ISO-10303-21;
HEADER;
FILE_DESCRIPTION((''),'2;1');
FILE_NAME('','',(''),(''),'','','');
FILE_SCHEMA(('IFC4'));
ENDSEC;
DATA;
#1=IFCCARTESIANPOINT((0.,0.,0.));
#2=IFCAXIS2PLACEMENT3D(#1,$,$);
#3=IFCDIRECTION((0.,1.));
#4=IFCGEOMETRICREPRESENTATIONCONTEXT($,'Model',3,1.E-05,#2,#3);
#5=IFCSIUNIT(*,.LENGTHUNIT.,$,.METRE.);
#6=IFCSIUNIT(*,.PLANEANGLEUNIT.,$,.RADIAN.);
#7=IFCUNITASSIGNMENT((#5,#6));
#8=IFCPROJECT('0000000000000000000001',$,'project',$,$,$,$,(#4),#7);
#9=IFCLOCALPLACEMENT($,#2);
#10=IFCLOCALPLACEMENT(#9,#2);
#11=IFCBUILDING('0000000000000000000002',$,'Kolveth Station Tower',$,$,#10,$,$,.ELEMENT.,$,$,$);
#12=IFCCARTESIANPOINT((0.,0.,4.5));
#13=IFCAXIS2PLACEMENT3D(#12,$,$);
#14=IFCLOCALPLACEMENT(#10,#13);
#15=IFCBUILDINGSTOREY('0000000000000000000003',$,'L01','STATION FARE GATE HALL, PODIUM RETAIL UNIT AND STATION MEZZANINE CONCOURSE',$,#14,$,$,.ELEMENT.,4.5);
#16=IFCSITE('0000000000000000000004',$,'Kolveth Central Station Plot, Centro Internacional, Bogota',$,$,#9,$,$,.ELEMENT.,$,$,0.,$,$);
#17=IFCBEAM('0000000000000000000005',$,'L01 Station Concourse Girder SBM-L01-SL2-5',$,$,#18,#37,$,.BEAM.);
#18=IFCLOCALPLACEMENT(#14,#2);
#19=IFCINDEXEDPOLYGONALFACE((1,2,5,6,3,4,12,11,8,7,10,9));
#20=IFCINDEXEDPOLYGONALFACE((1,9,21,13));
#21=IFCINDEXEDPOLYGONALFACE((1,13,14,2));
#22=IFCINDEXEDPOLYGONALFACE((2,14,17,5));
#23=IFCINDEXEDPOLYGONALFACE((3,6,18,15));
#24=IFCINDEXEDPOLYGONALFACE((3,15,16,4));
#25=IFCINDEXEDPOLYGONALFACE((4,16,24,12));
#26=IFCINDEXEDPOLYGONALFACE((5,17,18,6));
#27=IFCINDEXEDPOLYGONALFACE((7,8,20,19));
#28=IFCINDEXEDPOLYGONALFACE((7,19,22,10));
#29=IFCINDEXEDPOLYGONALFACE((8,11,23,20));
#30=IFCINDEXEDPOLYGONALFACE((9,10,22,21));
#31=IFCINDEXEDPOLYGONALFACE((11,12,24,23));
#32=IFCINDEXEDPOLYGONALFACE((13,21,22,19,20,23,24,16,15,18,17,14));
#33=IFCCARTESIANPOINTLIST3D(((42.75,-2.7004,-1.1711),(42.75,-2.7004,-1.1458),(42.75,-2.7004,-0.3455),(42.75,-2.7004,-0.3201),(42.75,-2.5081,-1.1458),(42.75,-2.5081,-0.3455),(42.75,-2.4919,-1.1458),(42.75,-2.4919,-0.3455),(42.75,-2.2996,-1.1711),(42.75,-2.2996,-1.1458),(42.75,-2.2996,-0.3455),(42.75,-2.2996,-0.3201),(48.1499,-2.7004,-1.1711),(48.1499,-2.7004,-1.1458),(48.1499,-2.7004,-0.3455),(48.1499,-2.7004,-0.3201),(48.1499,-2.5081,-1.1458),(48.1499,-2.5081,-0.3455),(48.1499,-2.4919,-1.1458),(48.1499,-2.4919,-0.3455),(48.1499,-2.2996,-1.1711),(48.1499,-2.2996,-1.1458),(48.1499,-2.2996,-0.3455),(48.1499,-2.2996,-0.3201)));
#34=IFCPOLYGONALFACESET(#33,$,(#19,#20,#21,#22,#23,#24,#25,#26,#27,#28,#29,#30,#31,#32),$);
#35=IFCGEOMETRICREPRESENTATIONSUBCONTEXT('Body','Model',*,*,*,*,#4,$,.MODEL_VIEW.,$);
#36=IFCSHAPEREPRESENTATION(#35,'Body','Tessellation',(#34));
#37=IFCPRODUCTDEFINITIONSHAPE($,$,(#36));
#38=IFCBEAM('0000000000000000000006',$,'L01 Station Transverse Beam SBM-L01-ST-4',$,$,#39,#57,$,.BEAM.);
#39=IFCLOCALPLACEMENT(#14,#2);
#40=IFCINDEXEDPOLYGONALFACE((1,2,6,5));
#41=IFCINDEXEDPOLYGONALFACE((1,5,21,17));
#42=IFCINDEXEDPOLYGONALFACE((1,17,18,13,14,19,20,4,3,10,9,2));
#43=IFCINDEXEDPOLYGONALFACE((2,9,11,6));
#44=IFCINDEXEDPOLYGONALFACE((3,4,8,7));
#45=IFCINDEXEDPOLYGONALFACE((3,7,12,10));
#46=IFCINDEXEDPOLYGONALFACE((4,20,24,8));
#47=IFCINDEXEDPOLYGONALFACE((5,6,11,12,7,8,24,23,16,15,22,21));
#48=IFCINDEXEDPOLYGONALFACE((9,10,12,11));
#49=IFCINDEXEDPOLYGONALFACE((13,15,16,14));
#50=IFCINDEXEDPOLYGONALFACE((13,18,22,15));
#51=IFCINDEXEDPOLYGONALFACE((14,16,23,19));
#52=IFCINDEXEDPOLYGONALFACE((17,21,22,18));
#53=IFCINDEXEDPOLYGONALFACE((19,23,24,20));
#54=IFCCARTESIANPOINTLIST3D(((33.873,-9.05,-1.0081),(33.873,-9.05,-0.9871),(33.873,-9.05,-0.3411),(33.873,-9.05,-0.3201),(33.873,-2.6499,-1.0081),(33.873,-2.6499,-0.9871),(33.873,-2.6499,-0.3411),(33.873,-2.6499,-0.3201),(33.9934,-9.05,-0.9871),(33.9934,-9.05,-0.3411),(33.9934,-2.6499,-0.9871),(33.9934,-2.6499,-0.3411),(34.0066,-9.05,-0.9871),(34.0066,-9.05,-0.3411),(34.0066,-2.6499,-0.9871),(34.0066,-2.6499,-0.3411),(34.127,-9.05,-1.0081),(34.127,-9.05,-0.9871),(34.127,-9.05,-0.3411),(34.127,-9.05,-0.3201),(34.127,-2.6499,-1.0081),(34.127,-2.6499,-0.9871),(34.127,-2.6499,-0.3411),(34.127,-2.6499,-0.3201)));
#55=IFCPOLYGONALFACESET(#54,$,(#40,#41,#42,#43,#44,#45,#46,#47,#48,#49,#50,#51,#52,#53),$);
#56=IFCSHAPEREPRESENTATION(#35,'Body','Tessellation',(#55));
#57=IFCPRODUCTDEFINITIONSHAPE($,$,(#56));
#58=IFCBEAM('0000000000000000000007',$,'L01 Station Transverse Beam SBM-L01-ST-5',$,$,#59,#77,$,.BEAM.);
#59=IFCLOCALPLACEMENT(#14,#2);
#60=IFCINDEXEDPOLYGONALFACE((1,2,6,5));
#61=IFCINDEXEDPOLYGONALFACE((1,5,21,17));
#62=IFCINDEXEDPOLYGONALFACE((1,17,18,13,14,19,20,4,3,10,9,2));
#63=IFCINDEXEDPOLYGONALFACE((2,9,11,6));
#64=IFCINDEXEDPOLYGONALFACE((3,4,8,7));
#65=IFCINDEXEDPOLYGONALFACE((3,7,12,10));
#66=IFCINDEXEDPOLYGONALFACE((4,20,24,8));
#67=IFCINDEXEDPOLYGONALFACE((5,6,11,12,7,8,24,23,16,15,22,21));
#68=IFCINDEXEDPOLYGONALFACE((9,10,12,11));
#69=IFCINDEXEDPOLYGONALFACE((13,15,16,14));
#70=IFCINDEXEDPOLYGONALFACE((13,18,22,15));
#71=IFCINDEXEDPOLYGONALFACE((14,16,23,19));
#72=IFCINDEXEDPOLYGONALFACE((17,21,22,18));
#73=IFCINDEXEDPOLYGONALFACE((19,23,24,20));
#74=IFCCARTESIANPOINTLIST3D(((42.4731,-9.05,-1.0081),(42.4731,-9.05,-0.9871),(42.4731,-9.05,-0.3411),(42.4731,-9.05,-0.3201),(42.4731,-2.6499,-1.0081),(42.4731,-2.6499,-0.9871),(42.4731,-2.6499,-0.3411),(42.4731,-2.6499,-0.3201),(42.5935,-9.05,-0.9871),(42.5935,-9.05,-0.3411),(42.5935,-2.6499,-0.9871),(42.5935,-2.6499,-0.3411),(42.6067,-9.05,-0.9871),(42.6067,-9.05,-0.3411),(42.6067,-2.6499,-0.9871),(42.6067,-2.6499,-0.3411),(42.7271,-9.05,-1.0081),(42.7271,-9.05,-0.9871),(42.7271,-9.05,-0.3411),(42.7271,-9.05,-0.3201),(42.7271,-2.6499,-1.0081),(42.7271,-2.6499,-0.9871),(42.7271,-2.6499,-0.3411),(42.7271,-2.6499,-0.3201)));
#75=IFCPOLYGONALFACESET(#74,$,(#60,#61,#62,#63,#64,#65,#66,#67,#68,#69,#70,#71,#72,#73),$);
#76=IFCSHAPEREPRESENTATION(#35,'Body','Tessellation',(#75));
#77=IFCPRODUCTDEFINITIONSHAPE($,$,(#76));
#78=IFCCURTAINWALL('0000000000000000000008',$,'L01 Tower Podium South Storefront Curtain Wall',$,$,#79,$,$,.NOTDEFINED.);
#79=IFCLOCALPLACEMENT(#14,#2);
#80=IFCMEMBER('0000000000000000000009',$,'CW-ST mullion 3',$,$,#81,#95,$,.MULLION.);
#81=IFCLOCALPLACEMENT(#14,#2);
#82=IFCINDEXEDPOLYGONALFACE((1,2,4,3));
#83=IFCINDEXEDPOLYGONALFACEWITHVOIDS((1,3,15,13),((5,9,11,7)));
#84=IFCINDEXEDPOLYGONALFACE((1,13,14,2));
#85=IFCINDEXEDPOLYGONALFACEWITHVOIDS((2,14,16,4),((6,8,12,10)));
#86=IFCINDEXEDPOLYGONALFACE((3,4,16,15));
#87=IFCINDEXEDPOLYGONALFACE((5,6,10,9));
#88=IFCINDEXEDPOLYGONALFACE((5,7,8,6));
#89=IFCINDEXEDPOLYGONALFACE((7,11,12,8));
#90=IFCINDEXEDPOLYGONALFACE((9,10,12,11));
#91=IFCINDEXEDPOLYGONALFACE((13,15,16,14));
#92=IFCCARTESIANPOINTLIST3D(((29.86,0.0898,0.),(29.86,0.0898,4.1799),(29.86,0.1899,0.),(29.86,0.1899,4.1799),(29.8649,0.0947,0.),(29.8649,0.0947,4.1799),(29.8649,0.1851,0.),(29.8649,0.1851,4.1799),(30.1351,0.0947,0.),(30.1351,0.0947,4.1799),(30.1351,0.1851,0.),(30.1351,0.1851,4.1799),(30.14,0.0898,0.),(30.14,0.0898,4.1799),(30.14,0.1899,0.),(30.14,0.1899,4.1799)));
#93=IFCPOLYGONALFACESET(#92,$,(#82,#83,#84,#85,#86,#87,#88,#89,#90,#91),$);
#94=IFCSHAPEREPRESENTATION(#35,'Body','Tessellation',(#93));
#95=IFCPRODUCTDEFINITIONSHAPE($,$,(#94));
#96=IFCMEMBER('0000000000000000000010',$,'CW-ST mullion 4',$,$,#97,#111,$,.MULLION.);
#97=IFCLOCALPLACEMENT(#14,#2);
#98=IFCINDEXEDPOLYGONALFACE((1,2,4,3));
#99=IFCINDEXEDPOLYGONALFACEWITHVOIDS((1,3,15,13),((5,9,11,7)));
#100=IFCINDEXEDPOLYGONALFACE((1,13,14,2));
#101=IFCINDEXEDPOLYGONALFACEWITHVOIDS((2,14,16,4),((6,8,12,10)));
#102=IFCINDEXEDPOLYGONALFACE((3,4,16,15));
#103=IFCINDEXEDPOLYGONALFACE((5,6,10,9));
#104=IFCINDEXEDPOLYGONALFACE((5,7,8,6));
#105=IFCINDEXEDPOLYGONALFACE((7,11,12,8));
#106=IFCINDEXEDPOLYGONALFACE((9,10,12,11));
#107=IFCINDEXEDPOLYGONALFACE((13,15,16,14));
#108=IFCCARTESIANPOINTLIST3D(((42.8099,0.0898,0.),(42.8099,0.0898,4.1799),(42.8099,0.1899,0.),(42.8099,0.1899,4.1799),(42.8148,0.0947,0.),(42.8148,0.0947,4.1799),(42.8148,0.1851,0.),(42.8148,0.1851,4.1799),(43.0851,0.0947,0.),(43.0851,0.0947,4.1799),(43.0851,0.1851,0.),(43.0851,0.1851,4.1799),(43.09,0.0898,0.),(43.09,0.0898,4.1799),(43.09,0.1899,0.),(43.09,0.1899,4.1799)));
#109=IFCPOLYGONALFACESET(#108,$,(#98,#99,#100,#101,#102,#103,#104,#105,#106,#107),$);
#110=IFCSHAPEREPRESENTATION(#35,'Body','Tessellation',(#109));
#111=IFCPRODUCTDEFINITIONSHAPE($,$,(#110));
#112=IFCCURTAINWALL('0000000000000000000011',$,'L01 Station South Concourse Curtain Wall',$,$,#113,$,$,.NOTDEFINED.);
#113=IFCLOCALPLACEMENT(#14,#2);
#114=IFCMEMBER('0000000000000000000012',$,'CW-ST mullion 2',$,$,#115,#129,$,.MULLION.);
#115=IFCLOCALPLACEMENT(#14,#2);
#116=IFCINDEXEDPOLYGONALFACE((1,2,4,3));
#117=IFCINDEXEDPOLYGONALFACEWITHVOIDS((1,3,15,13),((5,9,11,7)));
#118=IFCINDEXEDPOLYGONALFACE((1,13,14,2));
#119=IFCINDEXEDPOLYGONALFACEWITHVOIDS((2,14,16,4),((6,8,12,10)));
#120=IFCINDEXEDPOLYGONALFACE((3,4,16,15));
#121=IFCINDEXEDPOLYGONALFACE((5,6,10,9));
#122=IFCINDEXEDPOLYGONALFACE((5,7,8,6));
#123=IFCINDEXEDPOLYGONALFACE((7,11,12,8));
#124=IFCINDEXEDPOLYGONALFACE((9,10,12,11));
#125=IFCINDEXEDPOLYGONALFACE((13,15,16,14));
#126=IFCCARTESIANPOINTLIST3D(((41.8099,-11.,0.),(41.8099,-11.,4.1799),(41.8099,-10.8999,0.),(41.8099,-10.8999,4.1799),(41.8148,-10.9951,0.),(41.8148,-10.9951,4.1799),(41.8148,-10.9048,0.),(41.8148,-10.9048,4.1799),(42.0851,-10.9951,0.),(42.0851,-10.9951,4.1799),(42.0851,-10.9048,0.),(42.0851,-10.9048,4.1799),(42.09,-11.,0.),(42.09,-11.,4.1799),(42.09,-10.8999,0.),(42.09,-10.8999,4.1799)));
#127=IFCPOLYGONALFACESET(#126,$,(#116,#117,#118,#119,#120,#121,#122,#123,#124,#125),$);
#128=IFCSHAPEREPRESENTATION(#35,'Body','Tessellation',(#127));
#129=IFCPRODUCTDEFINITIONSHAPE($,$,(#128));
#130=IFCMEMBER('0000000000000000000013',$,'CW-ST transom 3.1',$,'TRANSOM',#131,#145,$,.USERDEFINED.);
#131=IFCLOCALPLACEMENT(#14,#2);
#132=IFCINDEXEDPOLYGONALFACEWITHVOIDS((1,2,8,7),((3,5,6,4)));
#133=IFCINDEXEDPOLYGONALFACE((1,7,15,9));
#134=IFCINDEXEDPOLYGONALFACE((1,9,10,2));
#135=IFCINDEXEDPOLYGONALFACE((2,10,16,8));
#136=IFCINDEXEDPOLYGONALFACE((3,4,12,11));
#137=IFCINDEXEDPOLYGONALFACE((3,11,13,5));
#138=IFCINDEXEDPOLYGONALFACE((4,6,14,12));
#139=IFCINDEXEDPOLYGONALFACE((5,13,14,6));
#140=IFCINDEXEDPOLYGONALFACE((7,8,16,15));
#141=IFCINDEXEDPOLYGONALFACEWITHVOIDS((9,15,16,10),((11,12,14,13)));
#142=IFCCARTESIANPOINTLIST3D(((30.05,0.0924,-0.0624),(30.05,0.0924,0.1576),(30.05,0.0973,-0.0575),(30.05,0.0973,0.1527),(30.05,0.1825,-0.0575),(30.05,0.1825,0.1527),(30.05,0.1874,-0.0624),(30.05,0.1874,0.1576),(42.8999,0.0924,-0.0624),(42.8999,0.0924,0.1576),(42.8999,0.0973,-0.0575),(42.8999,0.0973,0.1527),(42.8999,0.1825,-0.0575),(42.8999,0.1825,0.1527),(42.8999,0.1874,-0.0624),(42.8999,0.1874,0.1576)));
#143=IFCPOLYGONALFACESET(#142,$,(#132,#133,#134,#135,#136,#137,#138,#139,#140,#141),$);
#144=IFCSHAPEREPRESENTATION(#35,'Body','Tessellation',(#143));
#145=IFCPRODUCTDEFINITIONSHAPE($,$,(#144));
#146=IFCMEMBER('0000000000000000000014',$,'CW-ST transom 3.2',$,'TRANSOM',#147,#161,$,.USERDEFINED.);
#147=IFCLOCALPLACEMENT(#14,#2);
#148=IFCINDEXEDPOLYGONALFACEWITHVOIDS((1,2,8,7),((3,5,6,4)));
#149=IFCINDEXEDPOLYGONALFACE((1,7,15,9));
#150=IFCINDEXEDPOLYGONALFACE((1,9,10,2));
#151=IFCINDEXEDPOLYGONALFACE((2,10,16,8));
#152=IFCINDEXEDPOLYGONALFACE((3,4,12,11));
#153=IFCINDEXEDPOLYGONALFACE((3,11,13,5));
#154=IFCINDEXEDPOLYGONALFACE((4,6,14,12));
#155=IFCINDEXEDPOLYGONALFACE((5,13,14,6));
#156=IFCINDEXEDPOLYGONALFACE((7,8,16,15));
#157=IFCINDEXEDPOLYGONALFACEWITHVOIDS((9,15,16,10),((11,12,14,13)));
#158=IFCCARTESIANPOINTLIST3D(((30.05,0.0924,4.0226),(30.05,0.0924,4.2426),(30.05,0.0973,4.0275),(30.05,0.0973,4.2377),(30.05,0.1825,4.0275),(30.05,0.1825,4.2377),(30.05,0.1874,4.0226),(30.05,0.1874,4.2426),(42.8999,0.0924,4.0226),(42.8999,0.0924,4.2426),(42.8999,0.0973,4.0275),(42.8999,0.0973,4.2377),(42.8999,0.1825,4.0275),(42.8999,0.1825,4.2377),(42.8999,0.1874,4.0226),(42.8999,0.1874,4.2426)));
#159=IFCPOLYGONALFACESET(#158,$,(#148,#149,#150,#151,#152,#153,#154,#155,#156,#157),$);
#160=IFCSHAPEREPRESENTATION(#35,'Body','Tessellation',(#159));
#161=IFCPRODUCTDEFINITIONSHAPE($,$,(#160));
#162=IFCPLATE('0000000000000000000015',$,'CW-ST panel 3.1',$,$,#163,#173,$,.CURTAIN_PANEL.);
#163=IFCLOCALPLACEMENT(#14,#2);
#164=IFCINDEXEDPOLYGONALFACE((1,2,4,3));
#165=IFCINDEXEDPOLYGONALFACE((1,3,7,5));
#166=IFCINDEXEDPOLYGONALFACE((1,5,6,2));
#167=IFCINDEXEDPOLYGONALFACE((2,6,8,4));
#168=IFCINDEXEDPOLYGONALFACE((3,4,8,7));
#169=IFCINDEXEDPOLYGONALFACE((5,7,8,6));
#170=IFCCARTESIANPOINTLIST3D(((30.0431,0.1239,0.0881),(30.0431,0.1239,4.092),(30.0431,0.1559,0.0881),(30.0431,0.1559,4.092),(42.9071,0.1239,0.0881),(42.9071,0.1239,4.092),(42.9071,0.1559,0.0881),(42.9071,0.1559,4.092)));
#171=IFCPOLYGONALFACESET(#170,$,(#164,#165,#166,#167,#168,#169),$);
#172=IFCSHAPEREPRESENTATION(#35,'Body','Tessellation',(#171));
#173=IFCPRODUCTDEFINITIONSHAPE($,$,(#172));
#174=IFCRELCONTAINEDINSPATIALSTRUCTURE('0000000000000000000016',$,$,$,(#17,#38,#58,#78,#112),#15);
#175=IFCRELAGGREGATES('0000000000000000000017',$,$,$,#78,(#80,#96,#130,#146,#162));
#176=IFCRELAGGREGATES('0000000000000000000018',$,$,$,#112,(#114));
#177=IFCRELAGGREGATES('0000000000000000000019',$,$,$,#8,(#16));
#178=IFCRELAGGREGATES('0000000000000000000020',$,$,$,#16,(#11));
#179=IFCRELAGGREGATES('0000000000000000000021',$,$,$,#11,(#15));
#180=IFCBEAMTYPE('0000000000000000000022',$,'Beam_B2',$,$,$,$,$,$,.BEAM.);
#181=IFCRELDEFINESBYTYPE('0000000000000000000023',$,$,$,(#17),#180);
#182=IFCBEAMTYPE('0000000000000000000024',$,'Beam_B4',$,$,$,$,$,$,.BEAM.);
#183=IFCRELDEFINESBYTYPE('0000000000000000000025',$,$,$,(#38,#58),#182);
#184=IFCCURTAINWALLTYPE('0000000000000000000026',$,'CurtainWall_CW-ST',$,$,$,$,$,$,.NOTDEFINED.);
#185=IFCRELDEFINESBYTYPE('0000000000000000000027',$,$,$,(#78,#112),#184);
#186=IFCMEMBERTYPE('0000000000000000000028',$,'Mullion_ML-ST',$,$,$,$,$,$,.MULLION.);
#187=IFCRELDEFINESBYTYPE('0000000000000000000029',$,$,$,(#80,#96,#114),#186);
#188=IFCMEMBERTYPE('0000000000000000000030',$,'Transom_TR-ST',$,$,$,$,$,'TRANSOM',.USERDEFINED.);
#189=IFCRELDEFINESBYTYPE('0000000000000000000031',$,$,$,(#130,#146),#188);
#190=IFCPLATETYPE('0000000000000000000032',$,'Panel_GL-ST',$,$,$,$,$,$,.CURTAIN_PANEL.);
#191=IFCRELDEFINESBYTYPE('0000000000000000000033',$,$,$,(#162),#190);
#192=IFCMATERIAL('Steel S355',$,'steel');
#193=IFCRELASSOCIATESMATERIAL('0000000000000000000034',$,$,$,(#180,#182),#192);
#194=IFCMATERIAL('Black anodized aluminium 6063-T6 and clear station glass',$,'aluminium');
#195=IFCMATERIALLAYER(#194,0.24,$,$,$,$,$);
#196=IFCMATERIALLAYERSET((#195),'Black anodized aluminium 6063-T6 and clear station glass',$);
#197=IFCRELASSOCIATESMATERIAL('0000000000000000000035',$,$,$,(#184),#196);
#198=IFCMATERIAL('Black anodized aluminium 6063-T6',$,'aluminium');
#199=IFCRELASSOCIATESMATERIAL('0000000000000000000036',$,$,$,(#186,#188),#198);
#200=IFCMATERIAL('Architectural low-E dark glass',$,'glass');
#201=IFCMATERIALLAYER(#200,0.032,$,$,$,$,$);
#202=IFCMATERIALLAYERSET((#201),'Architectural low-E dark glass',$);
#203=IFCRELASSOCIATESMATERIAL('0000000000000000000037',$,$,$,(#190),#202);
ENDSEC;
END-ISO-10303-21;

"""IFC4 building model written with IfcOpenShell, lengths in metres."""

from ifc_helpers import new_model, si_unit, direction, frame, origin, origin_2d, place, context, subcontext, project, spatial, rectangle, hollow_rectangle, i_section, extrude, source, transform, mapped, material, layer, layer_set, material_profile, profile_set, type_object, element, aggregate, save


model = new_model("IFC4")

# Units and contexts
model_context = context("Model", 3, precision=1e-05, world=origin(), true_north=direction((0.0, 1.0)))
body_context = subcontext(model_context, "Body", "Model", "MODEL_VIEW")
ifc_project = project(units=[si_unit("LENGTHUNIT", "METRE"), si_unit("PLANEANGLEUNIT", "RADIAN")], contexts=[model_context])

# Site, building, storey
site_placement = place(None, origin())
site = spatial("IfcSite", under=ifc_project, at=site_placement, Name="Kolveth Central Station Plot, Centro Internacional, Bogota", CompositionType="ELEMENT", RefElevation=0.0)
building_placement = place(site_placement, origin())
building = spatial("IfcBuilding", under=site, at=building_placement, Name="Kolveth Station Tower", CompositionType="ELEMENT")
storey_placement = place(building_placement, frame((0.0, 0.0, 4.5)))
storey = spatial("IfcBuildingStorey", under=building, at=storey_placement, Name="L01", Description="STATION FARE GATE HALL, PODIUM RETAIL UNIT AND STATION MEZZANINE CONCOURSE", CompositionType="ELEMENT", Elevation=4.5)

# Shared definitions
ifc_material_1 = material(Name="Steel S355", Category="steel")

# Beams
ifc_material_profile_1 = material_profile(ifc_material_1, i_section(OverallWidth=0.4009, OverallDepth=0.8511, WebThickness=0.0161, FlangeThickness=0.0254, at=origin_2d()), Name="W840x226")
ifc_profile_set_1 = profile_set([ifc_material_profile_1], Name="Steel S355")
beam_type_1 = type_object("IfcBeamType", Name="Beam_B2", PredefinedType="BEAM", material=ifc_profile_set_1)
shared_shape_1 = source(origin(), body_context, "Body", "SweptSolid", [
    extrude(i_section(OverallWidth=0.4009, OverallDepth=0.8511, WebThickness=0.0161, FlangeThickness=0.0254, at=origin_2d()), origin(), (0.0, 0.0, 1.0), 5.3999),
])
for number, where, z_axis, x_axis, name in (
    (1, (42.75, -2.5, -0.7456), (1.0, 0.0, 0.0), (0.0, 1.0, 0.0), "L01 Station Concourse Girder SBM-L01-SL2-5"),
):
    element("IfcBeam", number, at=place(storey_placement, frame(where, z_axis=z_axis, x_axis=x_axis)), inside=storey, type_object=beam_type_1, Name=name, PredefinedType="BEAM", context=body_context, shape_type="MappedRepresentation", body=[
        mapped(shared_shape_1, transform((0.0, 0.0, 0.0), x_axis=(1.0, 0.0, 0.0), y_axis=(0.0, 1.0, 0.0), z_axis=(0.0, 0.0, 1.0), scale=1.0)),
    ])
ifc_material_profile_2 = material_profile(ifc_material_1, i_section(OverallWidth=0.2539, OverallDepth=0.688, WebThickness=0.0132, FlangeThickness=0.021, at=origin_2d()), Name="W690x152")
ifc_profile_set_2 = profile_set([ifc_material_profile_2], Name="Steel S355")
beam_type_2 = type_object("IfcBeamType", Name="Beam_B4", PredefinedType="BEAM", material=ifc_profile_set_2)
shared_shape_2 = source(origin(), body_context, "Body", "SweptSolid", [
    extrude(i_section(OverallWidth=0.2539, OverallDepth=0.688, WebThickness=0.0132, FlangeThickness=0.021, at=origin_2d()), origin(), (0.0, 0.0, 1.0), 6.4001),
])
for number, where, z_axis, x_axis, name in (
    (2, (34.0, -9.05, -0.6641), (0.0, 1.0, 0.0), (-1.0, 0.0, 0.0), "L01 Station Transverse Beam SBM-L01-ST-4"),
    (3, (42.6001, -9.05, -0.6641), (0.0, 1.0, 0.0), (-1.0, 0.0, 0.0), "L01 Station Transverse Beam SBM-L01-ST-5"),
):
    element("IfcBeam", number, at=place(storey_placement, frame(where, z_axis=z_axis, x_axis=x_axis)), inside=storey, type_object=beam_type_2, Name=name, PredefinedType="BEAM", context=body_context, shape_type="MappedRepresentation", body=[
        mapped(shared_shape_2, transform((0.0, 0.0, 0.0), x_axis=(1.0, 0.0, 0.0), y_axis=(0.0, 1.0, 0.0), z_axis=(0.0, 0.0, 1.0), scale=1.0)),
    ])

# Curtain wall, members
ifc_material_2 = material(Name="Black anodized aluminium 6063-T6 and clear station glass", Category="aluminium")
ifc_layer_1 = layer(ifc_material_2, 0.24)
ifc_layer_set_1 = layer_set([ifc_layer_1], Name="Black anodized aluminium 6063-T6 and clear station glass")
curtain_wall_type = type_object("IfcCurtainWallType", Name="CurtainWall_CW-ST", PredefinedType="NOTDEFINED", material=ifc_layer_set_1)
curtain_wall_1_placement = place(storey_placement, origin())
curtain_wall_1 = element("IfcCurtainWall", 4, at=curtain_wall_1_placement, inside=storey, type_object=curtain_wall_type, Name="L01 Tower Podium South Storefront Curtain Wall", PredefinedType="NOTDEFINED")
ifc_material_3 = material(Name="Black anodized aluminium 6063-T6", Category="aluminium")
ifc_material_profile_3 = material_profile(ifc_material_3, hollow_rectangle(XDim=0.1001, YDim=0.28, WallThickness=0.0049, at=origin_2d()), Name="ALU-100x280x5")
ifc_profile_set_3 = profile_set([ifc_material_profile_3], Name="Black anodized aluminium 6063-T6")
member_type_1 = type_object("IfcMemberType", Name="Mullion_ML-ST", PredefinedType="MULLION", material=ifc_profile_set_3)
shared_shape_3 = source(origin(), body_context, "Body", "SweptSolid", [
    extrude(hollow_rectangle(XDim=0.1001, YDim=0.28, WallThickness=0.0049, at=origin_2d()), origin(), (0.0, 0.0, 1.0), 4.1799),
])
member_1_placement = place(storey_placement, frame((30.0, 0.1399, 0.0), z_axis=(0.0, 0.0, 1.0), x_axis=(0.0, 1.0, 0.0)))
member_1 = element("IfcMember", 5, at=member_1_placement, type_object=member_type_1, Name="CW-ST mullion 3", PredefinedType="MULLION", context=body_context, shape_type="MappedRepresentation", body=[
    mapped(shared_shape_3, transform((0.0, 0.0, 0.0), x_axis=(1.0, 0.0, 0.0), y_axis=(0.0, 1.0, 0.0), z_axis=(0.0, 0.0, 1.0), scale=1.0)),
])
member_2_placement = place(storey_placement, frame((42.95, 0.1399, 0.0), z_axis=(0.0, 0.0, 1.0), x_axis=(0.0, 1.0, 0.0)))
member_2 = element("IfcMember", 6, at=member_2_placement, type_object=member_type_1, Name="CW-ST mullion 4", PredefinedType="MULLION", context=body_context, shape_type="MappedRepresentation", body=[
    mapped(shared_shape_3, transform((0.0, 0.0, 0.0), x_axis=(1.0, 0.0, 0.0), y_axis=(0.0, 1.0, 0.0), z_axis=(0.0, 0.0, 1.0), scale=1.0)),
])

# Curtain wall, member
curtain_wall_2_placement = place(storey_placement, origin())
curtain_wall_2 = element("IfcCurtainWall", 7, at=curtain_wall_2_placement, inside=storey, type_object=curtain_wall_type, Name="L01 Station South Concourse Curtain Wall", PredefinedType="NOTDEFINED")
member_3_placement = place(storey_placement, frame((41.95, -10.95, 0.0), z_axis=(0.0, 0.0, 1.0), x_axis=(0.0, 1.0, 0.0)))
member_3 = element("IfcMember", 8, at=member_3_placement, type_object=member_type_1, Name="CW-ST mullion 2", PredefinedType="MULLION", context=body_context, shape_type="MappedRepresentation", body=[
    mapped(shared_shape_3, transform((0.0, 0.0, 0.0), x_axis=(1.0, 0.0, 0.0), y_axis=(0.0, 1.0, 0.0), z_axis=(0.0, 0.0, 1.0), scale=1.0)),
])

# Members
ifc_material_profile_4 = material_profile(ifc_material_3, hollow_rectangle(XDim=0.095, YDim=0.22, WallThickness=0.0049, at=origin_2d()), Name="ALU-95x220x5")
ifc_profile_set_4 = profile_set([ifc_material_profile_4], Name="Black anodized aluminium 6063-T6")
member_type_2 = type_object("IfcMemberType", Name="Transom_TR-ST", ElementType="TRANSOM", PredefinedType="USERDEFINED", material=ifc_profile_set_4)
shared_shape_4 = source(origin(), body_context, "Body", "SweptSolid", [
    extrude(hollow_rectangle(XDim=0.095, YDim=0.22, WallThickness=0.0049, at=origin_2d()), origin(), (0.0, 0.0, 1.0), 12.8499),
])
member_4_placement = place(storey_placement, frame((30.05, 0.1399, 0.0476), z_axis=(1.0, 0.0, 0.0), x_axis=(0.0, 1.0, 0.0)))
member_4 = element("IfcMember", 9, at=member_4_placement, type_object=member_type_2, Name="CW-ST transom 3.1", ObjectType="TRANSOM", PredefinedType="USERDEFINED", context=body_context, shape_type="MappedRepresentation", body=[
    mapped(shared_shape_4, transform((0.0, 0.0, 0.0), x_axis=(1.0, 0.0, 0.0), y_axis=(0.0, 1.0, 0.0), z_axis=(0.0, 0.0, 1.0), scale=1.0)),
])
member_5_placement = place(storey_placement, frame((30.05, 0.1399, 4.1326), z_axis=(1.0, 0.0, 0.0), x_axis=(0.0, 1.0, 0.0)))
member_5 = element("IfcMember", 10, at=member_5_placement, type_object=member_type_2, Name="CW-ST transom 3.2", ObjectType="TRANSOM", PredefinedType="USERDEFINED", context=body_context, shape_type="MappedRepresentation", body=[
    mapped(shared_shape_4, transform((0.0, 0.0, 0.0), x_axis=(1.0, 0.0, 0.0), y_axis=(0.0, 1.0, 0.0), z_axis=(0.0, 0.0, 1.0), scale=1.0)),
])

# Plate
ifc_material_4 = material(Name="Architectural low-E dark glass", Category="glass")
ifc_layer_2 = layer(ifc_material_4, 0.032)
ifc_layer_set_2 = layer_set([ifc_layer_2], Name="Architectural low-E dark glass")
plate_type = type_object("IfcPlateType", Name="Panel_GL-ST", PredefinedType="CURTAIN_PANEL", material=ifc_layer_set_2)
shared_shape_5 = source(origin(), body_context, "Body", "SweptSolid", [
    extrude(rectangle(XDim=12.864, YDim=0.032, at=origin_2d()), origin(), (0.0, 0.0, 1.0), 4.0039),
])
plate_1_placement = place(storey_placement, frame((36.4751, 0.1399, 0.0881), z_axis=(0.0, 0.0, 1.0), x_axis=(1.0, 0.0, 0.0)))
plate_1 = element("IfcPlate", 11, at=plate_1_placement, type_object=plate_type, Name="CW-ST panel 3.1", PredefinedType="CURTAIN_PANEL", context=body_context, shape_type="MappedRepresentation", body=[
    mapped(shared_shape_5, transform((0.0, 0.0, 0.0), x_axis=(1.0, 0.0, 0.0), y_axis=(0.0, 1.0, 0.0), z_axis=(0.0, 0.0, 1.0), scale=1.0)),
])
aggregate(curtain_wall_1, [member_1, member_2, member_4, member_5, plate_1])
aggregate(curtain_wall_2, [member_3])

save(model, "model.ifc")
